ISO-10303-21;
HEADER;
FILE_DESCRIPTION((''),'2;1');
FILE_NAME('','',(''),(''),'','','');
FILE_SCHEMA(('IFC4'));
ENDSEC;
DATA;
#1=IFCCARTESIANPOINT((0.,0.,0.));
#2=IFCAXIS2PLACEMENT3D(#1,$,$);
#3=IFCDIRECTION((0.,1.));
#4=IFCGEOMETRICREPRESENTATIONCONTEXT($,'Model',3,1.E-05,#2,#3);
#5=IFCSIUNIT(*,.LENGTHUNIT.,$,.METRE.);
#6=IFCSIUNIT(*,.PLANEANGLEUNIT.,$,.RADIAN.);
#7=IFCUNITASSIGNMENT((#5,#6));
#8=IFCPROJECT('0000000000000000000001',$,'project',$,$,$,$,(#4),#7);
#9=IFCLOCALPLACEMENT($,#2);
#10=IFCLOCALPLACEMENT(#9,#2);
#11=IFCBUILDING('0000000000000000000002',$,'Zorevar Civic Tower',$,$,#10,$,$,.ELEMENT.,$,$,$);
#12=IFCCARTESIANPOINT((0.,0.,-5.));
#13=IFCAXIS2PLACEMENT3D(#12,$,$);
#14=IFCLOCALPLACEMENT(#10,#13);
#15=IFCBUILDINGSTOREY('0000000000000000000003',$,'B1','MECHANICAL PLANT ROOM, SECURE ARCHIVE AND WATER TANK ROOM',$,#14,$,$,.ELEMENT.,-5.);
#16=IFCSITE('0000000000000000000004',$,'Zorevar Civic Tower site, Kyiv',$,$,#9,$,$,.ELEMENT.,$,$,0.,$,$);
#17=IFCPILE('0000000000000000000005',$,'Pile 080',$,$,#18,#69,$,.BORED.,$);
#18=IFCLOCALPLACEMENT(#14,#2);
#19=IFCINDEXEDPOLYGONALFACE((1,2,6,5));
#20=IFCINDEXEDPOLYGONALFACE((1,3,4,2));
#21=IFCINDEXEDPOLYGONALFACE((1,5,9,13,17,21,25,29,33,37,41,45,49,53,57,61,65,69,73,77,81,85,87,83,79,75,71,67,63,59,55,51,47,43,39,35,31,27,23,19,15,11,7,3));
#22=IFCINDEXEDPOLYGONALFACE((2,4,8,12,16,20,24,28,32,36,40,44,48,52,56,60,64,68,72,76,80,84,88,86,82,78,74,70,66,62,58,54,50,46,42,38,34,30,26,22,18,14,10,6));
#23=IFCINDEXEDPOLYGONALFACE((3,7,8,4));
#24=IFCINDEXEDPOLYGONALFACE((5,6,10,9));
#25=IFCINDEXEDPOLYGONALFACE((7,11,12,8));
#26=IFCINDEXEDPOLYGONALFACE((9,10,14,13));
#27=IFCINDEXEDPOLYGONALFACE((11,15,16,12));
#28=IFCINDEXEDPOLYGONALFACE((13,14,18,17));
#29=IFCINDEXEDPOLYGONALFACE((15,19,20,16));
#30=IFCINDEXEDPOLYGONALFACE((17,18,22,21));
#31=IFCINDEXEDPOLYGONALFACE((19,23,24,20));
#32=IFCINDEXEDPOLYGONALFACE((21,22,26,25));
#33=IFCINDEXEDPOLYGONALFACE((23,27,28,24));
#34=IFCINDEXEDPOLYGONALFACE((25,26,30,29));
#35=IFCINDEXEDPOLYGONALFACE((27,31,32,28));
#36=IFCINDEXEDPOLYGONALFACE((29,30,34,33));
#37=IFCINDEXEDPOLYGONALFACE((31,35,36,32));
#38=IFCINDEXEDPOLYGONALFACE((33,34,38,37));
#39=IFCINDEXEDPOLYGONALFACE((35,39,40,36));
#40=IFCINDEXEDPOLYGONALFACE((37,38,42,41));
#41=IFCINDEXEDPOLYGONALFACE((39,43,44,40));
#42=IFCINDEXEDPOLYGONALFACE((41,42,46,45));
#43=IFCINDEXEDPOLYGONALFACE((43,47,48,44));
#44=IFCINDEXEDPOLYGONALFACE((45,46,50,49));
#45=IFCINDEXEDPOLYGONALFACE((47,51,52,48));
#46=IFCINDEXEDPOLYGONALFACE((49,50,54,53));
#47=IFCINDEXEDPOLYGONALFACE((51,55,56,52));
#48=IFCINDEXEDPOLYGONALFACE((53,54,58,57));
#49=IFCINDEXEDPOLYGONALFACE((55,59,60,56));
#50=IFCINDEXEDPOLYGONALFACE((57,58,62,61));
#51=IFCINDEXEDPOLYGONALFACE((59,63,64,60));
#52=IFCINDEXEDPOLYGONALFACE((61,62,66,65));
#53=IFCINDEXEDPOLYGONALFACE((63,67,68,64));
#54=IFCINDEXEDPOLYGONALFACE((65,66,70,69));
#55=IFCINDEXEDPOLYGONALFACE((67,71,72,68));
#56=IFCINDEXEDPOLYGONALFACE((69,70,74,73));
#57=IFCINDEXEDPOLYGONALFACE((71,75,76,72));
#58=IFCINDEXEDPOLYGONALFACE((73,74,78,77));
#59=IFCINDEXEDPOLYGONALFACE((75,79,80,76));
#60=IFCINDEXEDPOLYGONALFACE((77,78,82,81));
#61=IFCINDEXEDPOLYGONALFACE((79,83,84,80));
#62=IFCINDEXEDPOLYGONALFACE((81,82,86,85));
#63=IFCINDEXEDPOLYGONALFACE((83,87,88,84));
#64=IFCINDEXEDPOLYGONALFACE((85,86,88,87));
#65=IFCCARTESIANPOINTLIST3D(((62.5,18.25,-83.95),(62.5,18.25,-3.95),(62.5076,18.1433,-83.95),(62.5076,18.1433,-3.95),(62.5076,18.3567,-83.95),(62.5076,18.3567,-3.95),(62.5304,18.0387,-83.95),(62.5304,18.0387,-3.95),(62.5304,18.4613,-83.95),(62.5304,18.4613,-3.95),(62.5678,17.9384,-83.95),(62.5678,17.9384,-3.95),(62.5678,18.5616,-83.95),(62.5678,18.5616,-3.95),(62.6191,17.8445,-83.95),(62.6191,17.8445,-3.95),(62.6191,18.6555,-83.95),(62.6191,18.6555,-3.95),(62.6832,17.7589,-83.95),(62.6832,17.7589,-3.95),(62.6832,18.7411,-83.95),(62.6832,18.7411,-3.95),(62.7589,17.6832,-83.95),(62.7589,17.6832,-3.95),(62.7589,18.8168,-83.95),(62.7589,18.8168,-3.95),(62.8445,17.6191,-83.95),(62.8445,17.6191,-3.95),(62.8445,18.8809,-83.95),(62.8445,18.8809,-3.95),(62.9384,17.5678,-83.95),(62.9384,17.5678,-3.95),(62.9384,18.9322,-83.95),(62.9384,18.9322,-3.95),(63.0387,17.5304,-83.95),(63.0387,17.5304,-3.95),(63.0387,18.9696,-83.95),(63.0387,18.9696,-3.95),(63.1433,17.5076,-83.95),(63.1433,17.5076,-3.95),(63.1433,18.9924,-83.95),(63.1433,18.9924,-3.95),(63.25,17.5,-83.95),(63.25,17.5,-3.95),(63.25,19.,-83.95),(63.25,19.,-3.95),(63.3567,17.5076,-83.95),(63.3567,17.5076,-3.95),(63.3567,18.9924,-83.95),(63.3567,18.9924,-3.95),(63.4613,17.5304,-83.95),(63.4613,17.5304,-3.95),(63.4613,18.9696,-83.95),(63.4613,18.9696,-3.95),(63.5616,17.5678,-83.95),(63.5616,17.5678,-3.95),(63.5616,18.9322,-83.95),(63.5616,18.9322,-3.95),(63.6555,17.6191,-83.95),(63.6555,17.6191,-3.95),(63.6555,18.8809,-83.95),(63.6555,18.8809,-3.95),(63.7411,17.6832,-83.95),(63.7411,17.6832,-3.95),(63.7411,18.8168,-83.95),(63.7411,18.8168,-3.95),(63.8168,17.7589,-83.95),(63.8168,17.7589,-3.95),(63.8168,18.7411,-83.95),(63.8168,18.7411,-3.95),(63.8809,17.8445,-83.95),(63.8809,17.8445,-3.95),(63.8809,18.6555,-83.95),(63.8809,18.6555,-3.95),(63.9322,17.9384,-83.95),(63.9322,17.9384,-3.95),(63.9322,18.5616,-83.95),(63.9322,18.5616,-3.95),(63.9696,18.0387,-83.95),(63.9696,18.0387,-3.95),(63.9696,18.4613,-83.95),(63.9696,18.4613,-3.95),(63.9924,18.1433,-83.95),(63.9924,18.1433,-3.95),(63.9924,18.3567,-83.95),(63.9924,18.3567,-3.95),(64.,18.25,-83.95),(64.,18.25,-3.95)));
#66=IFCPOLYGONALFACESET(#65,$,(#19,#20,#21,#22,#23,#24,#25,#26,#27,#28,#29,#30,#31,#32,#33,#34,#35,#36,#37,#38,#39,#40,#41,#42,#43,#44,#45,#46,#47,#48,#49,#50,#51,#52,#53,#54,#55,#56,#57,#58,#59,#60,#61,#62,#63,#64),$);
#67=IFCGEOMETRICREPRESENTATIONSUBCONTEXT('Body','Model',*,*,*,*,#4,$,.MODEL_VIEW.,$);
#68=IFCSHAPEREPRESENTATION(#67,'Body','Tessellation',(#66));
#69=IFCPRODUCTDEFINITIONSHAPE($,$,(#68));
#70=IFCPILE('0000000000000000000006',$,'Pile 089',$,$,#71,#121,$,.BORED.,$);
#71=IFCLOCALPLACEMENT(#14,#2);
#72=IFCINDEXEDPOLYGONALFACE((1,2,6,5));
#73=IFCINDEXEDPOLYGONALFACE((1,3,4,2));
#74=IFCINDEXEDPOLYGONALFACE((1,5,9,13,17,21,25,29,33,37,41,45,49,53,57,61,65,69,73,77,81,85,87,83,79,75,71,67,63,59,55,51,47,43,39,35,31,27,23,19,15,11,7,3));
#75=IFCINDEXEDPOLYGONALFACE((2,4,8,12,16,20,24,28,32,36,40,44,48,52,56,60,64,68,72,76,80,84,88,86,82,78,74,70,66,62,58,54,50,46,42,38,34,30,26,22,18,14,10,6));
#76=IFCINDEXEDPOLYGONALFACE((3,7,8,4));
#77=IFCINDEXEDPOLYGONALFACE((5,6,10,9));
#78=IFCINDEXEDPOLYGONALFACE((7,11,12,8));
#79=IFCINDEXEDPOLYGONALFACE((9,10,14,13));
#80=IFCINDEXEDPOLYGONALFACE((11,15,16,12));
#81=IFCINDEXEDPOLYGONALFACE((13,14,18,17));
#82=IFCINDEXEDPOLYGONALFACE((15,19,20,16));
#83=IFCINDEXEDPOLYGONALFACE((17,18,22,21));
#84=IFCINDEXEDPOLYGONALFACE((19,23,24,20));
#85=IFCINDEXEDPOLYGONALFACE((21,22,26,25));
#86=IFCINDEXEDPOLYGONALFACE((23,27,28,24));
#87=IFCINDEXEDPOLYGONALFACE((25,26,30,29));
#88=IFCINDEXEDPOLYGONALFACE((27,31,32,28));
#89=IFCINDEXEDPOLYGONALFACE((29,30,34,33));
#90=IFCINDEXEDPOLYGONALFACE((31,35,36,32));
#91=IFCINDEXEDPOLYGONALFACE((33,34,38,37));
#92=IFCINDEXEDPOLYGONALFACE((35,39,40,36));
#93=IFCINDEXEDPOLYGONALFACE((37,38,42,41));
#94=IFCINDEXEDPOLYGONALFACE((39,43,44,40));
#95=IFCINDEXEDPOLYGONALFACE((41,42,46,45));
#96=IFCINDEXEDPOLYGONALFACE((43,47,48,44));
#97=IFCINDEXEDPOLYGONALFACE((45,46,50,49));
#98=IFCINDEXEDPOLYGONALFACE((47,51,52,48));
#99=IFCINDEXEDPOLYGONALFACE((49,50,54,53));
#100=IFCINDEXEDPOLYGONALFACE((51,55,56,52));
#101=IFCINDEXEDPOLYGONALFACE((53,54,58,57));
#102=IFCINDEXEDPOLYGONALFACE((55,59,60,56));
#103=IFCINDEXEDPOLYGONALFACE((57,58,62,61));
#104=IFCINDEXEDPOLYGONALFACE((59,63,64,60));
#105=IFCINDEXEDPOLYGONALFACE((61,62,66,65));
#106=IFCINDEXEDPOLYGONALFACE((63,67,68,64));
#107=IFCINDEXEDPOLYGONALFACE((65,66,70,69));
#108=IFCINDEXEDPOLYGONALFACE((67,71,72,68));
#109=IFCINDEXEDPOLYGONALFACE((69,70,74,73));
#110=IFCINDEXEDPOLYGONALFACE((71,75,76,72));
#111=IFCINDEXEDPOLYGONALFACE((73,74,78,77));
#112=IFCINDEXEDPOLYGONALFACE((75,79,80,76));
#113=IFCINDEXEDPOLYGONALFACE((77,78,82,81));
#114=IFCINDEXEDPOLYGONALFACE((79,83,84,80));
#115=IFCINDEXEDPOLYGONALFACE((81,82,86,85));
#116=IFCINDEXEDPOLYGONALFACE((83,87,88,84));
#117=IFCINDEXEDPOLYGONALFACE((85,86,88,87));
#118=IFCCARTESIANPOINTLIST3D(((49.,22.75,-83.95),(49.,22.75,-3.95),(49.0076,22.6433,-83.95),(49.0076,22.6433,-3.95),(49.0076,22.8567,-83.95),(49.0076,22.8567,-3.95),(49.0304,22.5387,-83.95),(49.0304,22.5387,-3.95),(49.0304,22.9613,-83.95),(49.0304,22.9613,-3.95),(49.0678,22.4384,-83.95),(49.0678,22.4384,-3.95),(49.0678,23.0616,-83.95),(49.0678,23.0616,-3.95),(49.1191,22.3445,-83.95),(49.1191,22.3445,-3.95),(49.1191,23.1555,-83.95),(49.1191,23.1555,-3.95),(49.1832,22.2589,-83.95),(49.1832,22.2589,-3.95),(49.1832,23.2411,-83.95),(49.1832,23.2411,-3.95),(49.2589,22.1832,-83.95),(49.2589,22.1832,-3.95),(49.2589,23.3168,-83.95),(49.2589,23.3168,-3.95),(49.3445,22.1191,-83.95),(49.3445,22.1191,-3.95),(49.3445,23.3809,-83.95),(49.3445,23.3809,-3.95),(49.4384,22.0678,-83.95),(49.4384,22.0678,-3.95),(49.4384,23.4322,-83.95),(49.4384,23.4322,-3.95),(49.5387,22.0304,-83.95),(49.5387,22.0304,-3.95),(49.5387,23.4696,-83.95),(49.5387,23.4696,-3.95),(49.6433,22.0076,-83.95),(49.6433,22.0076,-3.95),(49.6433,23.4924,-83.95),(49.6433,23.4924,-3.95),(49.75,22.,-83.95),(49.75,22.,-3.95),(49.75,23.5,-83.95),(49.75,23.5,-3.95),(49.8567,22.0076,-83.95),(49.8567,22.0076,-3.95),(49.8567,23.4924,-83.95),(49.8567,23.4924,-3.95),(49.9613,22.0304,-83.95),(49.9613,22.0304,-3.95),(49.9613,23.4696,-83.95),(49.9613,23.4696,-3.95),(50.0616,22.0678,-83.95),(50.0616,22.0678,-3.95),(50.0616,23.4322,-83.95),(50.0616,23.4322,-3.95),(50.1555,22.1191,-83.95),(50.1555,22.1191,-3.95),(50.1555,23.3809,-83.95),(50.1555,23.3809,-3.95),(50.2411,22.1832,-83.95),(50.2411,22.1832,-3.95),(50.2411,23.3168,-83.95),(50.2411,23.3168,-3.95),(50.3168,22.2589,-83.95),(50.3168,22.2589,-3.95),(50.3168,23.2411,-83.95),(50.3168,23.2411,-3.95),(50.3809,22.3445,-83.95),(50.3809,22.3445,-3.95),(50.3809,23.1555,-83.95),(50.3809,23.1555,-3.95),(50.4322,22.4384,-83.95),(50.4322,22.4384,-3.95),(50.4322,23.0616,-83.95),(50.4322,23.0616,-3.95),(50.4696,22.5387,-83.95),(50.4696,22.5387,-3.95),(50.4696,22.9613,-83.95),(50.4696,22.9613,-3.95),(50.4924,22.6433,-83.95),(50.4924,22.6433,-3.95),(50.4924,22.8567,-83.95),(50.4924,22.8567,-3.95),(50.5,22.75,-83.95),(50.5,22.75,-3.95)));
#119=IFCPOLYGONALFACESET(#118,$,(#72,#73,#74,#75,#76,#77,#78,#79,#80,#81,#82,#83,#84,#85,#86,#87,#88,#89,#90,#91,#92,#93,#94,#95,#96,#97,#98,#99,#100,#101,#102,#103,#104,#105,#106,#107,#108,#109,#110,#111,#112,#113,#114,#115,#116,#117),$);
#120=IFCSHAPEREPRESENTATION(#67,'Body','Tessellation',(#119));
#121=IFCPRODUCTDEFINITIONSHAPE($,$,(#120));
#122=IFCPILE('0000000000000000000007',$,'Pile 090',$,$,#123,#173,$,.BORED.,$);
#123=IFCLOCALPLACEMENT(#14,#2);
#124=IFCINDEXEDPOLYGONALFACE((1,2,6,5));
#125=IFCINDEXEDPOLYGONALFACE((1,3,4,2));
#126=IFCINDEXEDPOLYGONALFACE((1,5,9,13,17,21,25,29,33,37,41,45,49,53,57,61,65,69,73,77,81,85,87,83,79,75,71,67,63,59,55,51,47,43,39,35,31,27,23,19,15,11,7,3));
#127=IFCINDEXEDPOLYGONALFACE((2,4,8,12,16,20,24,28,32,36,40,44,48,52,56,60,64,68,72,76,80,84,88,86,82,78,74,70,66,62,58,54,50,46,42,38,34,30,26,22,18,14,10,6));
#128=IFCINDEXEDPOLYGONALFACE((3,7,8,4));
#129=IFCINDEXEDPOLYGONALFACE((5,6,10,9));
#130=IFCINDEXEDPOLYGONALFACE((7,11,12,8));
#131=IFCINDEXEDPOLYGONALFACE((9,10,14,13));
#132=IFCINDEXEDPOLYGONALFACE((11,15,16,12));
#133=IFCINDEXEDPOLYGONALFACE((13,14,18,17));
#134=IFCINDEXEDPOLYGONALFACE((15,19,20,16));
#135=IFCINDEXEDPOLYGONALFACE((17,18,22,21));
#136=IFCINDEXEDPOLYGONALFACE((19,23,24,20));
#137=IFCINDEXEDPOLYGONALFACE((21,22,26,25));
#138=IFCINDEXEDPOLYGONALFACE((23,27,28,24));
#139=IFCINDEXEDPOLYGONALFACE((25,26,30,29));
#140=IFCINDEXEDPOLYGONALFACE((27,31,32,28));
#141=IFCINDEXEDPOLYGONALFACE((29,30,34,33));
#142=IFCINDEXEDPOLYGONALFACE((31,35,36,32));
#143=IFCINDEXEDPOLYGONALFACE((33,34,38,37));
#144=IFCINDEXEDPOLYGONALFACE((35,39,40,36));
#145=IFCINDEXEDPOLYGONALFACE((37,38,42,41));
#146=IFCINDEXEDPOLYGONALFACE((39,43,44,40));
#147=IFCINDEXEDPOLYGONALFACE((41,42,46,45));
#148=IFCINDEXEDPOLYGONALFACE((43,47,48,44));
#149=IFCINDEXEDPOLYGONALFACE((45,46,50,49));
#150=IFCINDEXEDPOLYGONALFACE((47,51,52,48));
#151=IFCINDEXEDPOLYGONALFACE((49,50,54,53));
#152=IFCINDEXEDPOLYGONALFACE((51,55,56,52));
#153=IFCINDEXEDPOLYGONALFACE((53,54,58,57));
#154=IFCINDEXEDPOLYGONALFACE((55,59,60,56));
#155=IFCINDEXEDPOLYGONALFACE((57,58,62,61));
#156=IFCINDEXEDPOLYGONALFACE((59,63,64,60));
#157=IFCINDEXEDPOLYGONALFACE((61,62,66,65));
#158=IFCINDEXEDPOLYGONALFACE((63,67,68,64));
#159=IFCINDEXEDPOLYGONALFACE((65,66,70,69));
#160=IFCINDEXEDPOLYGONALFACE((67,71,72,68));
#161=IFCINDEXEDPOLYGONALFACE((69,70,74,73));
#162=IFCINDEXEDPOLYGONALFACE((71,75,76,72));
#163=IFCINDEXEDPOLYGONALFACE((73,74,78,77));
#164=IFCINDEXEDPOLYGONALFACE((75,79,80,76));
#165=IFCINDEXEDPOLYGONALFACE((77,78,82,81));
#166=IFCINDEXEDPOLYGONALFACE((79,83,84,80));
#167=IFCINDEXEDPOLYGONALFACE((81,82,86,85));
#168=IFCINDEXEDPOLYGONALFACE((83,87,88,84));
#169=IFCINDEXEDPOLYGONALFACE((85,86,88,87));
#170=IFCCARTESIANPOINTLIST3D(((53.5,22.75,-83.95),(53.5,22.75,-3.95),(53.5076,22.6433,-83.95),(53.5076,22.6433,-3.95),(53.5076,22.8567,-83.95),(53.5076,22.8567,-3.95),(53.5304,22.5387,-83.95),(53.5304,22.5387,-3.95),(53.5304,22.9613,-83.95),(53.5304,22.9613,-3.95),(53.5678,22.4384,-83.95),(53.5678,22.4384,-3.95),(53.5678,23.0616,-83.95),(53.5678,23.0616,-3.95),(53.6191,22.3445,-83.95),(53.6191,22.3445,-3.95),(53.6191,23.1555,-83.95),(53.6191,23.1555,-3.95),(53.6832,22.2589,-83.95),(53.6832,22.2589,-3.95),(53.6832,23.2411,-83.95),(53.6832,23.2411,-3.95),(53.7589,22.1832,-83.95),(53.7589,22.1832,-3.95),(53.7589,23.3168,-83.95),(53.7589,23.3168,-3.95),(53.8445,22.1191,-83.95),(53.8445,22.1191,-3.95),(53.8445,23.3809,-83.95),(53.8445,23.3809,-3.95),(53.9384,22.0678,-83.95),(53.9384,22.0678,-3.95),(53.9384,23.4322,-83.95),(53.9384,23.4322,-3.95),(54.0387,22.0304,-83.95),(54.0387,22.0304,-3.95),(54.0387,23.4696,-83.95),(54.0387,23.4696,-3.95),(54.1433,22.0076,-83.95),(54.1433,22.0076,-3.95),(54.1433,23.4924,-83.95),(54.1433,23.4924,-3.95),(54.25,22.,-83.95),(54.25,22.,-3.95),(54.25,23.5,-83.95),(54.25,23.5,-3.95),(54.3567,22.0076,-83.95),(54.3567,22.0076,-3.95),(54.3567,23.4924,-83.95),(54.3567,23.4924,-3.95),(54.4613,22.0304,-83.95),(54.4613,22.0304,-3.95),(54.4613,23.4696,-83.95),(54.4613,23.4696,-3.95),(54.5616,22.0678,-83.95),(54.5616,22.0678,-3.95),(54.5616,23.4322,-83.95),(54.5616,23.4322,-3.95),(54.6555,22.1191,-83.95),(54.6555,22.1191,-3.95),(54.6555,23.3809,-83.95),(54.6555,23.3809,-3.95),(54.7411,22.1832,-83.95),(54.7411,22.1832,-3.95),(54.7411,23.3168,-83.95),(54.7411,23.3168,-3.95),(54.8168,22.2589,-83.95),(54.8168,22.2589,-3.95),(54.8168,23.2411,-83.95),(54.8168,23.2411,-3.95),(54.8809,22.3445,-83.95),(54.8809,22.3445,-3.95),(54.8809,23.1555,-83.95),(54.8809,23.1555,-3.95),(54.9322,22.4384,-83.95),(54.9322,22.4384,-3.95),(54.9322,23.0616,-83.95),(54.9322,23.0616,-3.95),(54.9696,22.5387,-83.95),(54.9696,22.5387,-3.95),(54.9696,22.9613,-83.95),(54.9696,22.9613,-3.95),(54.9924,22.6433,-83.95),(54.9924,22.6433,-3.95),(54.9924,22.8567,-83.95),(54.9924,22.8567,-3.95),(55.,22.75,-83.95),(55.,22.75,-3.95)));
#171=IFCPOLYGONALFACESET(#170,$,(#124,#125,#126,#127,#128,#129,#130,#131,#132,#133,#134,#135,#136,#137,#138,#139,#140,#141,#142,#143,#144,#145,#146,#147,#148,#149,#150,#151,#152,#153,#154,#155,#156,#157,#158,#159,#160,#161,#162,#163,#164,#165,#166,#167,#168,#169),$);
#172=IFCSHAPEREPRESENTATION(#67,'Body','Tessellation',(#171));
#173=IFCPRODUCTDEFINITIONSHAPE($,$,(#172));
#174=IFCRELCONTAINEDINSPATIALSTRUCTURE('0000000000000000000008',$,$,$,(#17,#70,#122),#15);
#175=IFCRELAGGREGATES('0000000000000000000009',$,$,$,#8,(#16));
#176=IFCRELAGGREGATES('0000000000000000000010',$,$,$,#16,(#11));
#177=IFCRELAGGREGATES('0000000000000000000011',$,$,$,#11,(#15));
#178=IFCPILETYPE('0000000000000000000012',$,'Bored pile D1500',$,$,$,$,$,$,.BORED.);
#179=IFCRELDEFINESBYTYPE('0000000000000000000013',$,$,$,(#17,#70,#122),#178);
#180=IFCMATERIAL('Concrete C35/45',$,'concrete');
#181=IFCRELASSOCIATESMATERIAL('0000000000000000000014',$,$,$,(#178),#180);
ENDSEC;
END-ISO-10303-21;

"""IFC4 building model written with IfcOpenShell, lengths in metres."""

from ifc_helpers import new_model, si_unit, direction, frame, origin, origin_2d, place, context, subcontext, project, spatial, circle, extrude, material, type_object, element, save


model = new_model("IFC4")

# Units and contexts
model_context = context("Model", 3, precision=1e-05, world=origin(), true_north=direction((0.0, 1.0)))
body_context = subcontext(model_context, "Body", "Model", "MODEL_VIEW")
ifc_project = project(units=[si_unit("LENGTHUNIT", "METRE"), si_unit("PLANEANGLEUNIT", "RADIAN")], contexts=[model_context])

# Site, building, storey
site_placement = place(None, origin())
site = spatial("IfcSite", under=ifc_project, at=site_placement, Name="Zorevar Civic Tower site, Kyiv", CompositionType="ELEMENT", RefElevation=0.0)
building_placement = place(site_placement, origin())
building = spatial("IfcBuilding", under=site, at=building_placement, Name="Zorevar Civic Tower", CompositionType="ELEMENT")
storey_placement = place(building_placement, frame((0.0, 0.0, -5.0)))
storey = spatial("IfcBuildingStorey", under=building, at=storey_placement, Name="B1", Description="MECHANICAL PLANT ROOM, SECURE ARCHIVE AND WATER TANK ROOM", CompositionType="ELEMENT", Elevation=-5.0)

# Piles
ifc_material_1 = material(Name="Concrete C35/45", Category="concrete")
pile_type_1 = type_object("IfcPileType", Name="Bored pile D1500", PredefinedType="BORED", material=ifc_material_1)
for number, where, z_axis, x_axis, name in (
    (1, (63.25, 18.25, -3.95), (0.0, 0.0, -1.0), (1.0, 0.0, 0.0), "Pile 080"),
    (2, (49.75, 22.75, -3.95), (0.0, 0.0, -1.0), (1.0, 0.0, 0.0), "Pile 089"),
    (3, (54.25, 22.75, -3.95), (0.0, 0.0, -1.0), (1.0, 0.0, 0.0), "Pile 090"),
):
    element("IfcPile", number, at=place(storey_placement, frame(where, z_axis=z_axis, x_axis=x_axis)), inside=storey, type_object=pile_type_1, Name=name, PredefinedType="BORED", context=body_context, shape_type="SweptSolid", body=[
        extrude(circle(Radius=0.75, at=origin_2d()), origin(), (0.0, 0.0, 1.0), 80.0),
    ])

save(model, "model.ifc")
